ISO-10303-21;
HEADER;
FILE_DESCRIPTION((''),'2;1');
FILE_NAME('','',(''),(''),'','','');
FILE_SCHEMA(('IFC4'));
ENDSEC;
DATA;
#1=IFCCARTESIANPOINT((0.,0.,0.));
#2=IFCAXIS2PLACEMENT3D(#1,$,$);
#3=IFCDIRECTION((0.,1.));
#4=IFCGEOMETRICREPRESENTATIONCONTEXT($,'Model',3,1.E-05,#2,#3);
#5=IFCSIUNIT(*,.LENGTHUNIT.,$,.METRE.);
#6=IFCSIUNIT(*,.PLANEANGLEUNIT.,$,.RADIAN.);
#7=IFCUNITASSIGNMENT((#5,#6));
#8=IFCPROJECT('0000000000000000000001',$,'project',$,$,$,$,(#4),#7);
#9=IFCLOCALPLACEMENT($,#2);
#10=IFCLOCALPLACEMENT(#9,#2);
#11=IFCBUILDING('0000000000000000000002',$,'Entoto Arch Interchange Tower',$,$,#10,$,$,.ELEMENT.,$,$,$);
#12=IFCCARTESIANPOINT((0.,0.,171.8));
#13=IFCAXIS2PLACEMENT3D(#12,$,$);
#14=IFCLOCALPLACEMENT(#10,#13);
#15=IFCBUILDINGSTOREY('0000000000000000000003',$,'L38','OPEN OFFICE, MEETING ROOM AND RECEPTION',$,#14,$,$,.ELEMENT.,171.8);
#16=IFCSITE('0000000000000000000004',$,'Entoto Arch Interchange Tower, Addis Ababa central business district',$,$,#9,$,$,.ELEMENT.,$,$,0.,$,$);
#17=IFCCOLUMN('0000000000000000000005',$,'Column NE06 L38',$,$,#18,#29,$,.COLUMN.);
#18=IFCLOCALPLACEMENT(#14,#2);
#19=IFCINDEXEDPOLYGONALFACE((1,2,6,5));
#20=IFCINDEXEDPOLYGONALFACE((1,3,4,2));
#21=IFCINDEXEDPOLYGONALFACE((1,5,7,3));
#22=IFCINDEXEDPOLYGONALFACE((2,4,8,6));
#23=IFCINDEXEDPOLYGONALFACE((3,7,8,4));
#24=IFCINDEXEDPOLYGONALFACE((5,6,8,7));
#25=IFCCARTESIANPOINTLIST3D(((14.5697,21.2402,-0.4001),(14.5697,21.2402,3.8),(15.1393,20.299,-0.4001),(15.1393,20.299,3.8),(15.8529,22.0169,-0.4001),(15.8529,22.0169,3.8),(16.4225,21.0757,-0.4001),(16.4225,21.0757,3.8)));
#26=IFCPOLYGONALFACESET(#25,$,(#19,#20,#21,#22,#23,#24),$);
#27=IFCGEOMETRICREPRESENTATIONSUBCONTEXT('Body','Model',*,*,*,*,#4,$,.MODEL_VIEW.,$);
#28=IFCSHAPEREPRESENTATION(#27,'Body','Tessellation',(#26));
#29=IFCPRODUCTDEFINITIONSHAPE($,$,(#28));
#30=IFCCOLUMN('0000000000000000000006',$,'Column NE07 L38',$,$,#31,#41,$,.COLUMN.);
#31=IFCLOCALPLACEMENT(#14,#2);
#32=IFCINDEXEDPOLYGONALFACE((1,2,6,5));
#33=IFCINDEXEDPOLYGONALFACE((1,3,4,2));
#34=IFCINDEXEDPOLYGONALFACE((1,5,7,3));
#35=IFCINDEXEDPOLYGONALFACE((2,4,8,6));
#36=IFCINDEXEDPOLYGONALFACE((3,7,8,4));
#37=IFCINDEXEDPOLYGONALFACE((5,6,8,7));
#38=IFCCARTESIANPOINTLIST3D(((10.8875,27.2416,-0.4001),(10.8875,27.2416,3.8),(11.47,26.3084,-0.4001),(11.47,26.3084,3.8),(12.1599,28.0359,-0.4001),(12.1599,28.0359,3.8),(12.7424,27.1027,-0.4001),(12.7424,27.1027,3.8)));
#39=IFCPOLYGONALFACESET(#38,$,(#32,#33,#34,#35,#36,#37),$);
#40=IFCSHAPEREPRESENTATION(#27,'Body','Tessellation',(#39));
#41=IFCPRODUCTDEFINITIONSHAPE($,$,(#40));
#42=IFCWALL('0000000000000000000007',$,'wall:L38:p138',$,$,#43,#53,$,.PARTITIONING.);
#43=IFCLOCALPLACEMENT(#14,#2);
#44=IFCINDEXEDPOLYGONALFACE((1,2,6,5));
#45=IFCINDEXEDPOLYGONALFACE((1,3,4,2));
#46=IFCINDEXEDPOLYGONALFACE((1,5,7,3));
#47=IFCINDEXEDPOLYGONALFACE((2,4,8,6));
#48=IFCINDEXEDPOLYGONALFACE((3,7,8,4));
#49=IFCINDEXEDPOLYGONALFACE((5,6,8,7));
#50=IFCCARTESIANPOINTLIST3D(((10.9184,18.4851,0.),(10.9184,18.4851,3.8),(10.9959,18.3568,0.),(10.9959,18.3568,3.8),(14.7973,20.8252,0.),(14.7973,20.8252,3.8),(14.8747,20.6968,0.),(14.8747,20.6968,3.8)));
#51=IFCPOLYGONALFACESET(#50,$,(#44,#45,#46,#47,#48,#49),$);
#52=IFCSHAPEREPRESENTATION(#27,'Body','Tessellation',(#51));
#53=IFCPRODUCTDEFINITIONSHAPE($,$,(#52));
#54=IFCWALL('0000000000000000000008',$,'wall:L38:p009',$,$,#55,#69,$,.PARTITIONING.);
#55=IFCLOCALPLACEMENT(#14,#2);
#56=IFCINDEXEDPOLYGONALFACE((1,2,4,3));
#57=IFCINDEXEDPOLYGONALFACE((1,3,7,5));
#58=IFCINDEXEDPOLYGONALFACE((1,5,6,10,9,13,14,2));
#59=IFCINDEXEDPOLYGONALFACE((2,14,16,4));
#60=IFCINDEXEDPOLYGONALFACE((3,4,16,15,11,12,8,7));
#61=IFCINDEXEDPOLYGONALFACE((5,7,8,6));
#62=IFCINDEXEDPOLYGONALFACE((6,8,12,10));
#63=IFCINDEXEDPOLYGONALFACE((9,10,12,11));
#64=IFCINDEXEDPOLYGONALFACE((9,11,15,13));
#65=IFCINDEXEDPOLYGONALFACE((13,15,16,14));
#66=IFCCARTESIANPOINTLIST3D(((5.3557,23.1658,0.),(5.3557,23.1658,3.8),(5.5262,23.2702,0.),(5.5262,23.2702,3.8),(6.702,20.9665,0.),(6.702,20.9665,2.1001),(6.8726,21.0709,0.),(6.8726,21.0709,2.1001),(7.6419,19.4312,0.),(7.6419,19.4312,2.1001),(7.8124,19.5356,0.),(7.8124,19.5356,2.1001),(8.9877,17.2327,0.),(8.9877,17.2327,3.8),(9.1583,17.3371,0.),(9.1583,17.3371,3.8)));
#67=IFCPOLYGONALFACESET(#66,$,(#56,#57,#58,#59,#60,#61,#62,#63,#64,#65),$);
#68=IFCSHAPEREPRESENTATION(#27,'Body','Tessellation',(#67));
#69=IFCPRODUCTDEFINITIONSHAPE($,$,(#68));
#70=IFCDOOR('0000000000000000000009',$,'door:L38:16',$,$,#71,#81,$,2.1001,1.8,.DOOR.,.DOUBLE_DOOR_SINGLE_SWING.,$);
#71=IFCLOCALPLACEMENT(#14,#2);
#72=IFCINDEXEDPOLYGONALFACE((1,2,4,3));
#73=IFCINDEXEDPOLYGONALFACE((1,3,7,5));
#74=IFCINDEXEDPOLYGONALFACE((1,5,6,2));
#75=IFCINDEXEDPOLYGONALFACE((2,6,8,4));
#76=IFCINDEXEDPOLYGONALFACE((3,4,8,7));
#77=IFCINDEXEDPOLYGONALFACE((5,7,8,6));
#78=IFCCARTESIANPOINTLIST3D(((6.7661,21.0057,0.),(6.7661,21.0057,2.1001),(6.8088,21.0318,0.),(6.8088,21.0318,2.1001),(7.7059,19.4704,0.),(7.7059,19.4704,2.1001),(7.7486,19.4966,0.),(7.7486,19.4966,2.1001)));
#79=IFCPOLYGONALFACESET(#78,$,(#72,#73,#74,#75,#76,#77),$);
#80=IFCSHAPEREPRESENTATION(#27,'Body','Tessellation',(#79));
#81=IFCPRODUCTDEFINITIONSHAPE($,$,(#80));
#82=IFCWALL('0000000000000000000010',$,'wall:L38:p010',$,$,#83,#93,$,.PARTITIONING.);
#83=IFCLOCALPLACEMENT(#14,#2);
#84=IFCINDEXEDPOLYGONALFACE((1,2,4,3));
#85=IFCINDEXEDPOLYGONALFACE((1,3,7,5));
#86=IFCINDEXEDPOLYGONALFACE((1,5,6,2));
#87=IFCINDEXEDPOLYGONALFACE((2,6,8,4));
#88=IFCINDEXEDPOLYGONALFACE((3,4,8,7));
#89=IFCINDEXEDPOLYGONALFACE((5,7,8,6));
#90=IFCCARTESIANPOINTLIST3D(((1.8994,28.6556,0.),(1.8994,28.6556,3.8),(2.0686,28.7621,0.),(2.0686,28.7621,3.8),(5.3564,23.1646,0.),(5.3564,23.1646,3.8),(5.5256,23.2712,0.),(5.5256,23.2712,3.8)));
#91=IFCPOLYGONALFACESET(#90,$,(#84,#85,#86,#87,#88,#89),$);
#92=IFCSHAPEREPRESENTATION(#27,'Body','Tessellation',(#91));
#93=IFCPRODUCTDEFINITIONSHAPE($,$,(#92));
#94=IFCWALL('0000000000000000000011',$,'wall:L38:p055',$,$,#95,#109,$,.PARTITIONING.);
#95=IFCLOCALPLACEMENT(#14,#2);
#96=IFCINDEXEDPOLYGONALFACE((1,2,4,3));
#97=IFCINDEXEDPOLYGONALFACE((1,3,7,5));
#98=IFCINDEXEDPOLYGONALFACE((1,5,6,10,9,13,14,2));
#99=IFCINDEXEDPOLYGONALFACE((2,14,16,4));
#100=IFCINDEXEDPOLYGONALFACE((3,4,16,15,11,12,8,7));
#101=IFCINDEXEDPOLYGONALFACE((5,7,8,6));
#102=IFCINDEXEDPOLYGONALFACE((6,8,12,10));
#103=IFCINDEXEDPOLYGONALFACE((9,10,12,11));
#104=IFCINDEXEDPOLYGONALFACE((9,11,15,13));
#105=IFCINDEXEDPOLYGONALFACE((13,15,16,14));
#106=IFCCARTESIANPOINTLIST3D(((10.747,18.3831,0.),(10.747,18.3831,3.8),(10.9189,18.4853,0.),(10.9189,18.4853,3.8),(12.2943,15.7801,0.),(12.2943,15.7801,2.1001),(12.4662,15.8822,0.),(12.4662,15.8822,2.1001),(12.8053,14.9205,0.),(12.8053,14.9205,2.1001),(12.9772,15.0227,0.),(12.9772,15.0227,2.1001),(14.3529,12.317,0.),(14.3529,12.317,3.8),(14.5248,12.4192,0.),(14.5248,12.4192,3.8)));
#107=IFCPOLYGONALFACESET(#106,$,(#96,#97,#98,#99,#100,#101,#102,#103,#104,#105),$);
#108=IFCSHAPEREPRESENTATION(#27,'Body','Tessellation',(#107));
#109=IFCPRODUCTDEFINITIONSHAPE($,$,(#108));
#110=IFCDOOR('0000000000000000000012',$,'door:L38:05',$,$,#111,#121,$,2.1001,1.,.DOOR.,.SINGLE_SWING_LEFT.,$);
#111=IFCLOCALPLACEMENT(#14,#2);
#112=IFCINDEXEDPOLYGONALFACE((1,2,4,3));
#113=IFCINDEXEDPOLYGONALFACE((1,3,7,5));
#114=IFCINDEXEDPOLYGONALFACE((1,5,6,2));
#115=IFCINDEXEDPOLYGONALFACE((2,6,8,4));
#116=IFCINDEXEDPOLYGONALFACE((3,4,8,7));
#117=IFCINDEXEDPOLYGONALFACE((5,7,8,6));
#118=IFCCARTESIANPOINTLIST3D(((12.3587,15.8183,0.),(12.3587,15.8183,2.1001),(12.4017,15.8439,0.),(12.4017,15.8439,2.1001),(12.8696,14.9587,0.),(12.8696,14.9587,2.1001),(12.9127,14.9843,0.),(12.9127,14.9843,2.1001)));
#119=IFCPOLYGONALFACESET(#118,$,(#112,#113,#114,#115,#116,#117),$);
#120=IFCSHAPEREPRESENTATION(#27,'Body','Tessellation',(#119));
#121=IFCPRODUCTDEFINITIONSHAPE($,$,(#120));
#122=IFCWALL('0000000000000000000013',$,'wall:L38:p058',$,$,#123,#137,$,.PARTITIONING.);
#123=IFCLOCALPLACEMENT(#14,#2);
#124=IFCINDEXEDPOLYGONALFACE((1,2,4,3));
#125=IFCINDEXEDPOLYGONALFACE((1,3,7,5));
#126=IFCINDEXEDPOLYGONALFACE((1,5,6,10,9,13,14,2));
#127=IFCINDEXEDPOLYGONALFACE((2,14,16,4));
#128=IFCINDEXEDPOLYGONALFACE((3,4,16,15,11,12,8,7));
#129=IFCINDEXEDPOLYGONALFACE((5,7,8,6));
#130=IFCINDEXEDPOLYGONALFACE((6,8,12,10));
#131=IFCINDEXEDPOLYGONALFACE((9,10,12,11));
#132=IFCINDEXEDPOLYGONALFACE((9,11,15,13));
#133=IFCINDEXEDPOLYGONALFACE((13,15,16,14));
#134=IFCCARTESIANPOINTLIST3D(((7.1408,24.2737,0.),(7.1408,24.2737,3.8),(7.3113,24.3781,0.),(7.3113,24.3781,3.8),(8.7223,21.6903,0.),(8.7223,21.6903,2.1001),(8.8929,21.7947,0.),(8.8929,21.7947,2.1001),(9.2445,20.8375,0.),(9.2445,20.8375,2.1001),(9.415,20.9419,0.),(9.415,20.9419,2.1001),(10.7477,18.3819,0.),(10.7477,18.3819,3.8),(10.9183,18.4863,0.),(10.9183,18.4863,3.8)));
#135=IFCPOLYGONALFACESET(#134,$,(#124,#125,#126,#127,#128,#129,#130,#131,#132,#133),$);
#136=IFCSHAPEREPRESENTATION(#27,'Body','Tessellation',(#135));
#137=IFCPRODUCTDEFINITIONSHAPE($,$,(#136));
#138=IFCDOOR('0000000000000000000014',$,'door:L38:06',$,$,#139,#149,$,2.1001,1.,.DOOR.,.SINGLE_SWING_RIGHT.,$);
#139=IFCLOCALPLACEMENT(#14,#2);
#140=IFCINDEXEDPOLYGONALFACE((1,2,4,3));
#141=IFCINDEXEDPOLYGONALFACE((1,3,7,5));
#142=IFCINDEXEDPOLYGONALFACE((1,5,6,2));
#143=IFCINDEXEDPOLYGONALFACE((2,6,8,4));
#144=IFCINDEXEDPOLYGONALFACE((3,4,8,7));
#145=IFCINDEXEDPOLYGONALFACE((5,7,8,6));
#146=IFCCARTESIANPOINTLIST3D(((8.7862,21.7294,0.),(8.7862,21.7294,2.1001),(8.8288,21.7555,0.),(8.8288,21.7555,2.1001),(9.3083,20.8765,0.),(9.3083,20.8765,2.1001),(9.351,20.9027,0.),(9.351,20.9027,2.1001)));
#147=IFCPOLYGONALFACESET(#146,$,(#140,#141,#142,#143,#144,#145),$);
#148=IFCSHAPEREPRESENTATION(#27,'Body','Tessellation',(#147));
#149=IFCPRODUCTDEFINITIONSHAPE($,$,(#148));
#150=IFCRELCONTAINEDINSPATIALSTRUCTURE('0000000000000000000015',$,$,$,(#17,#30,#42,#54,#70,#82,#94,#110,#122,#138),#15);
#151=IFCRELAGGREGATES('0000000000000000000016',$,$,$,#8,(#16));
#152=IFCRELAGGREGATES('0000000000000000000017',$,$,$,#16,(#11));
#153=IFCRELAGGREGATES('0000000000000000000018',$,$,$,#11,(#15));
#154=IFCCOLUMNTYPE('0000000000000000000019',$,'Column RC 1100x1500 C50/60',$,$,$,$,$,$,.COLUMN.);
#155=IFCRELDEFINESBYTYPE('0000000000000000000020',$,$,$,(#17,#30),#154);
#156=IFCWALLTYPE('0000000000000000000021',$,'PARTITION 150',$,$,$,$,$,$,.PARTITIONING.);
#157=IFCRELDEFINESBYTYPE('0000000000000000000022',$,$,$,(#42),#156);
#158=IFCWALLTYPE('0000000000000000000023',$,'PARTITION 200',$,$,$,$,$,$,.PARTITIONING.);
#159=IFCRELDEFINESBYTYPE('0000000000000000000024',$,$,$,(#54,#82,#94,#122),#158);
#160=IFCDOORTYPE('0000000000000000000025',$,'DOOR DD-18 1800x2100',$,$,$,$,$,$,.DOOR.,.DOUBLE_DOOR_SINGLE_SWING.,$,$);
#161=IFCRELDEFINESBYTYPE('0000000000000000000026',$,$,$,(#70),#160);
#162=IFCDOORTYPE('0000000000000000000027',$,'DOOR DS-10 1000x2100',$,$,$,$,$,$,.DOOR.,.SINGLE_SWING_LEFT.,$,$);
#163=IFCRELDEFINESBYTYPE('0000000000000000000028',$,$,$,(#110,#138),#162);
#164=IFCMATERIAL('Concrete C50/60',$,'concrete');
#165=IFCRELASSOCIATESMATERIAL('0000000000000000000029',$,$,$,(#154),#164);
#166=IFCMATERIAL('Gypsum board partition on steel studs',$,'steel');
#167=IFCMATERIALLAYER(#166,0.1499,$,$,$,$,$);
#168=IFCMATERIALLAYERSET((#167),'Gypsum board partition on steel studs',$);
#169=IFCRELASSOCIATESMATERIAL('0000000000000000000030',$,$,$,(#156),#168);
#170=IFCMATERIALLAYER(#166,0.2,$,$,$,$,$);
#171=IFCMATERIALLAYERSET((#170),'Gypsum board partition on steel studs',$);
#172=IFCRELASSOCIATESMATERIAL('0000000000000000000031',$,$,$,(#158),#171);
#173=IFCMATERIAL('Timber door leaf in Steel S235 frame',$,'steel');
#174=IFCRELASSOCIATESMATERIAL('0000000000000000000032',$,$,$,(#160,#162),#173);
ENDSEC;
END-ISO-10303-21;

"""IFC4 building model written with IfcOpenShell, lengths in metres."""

from ifc_helpers import new_model, si_unit, direction, frame, frame_2d, origin, origin_2d, place, context, subcontext, project, spatial, rectangle, extrude, material, layer, layer_set, material_profile, profile_set, type_object, element, fill, save


model = new_model("IFC4")

# Units and contexts
model_context = context("Model", 3, precision=1e-05, world=origin(), true_north=direction((0.0, 1.0)))
body_context = subcontext(model_context, "Body", "Model", "MODEL_VIEW")
ifc_project = project(units=[si_unit("LENGTHUNIT", "METRE"), si_unit("PLANEANGLEUNIT", "RADIAN")], contexts=[model_context])

# Site, building, storey
site_placement = place(None, origin())
site = spatial("IfcSite", under=ifc_project, at=site_placement, Name="Entoto Arch Interchange Tower, Addis Ababa central business district", CompositionType="ELEMENT", RefElevation=0.0)
building_placement = place(site_placement, origin())
building = spatial("IfcBuilding", under=site, at=building_placement, Name="Entoto Arch Interchange Tower", CompositionType="ELEMENT")
storey_placement = place(building_placement, frame((0.0, 0.0, 171.8)))
storey = spatial("IfcBuildingStorey", under=building, at=storey_placement, Name="L38", Description="OPEN OFFICE, MEETING ROOM AND RECEPTION", CompositionType="ELEMENT", Elevation=171.8)

# Columns
ifc_material_1 = material(Name="Concrete C50/60", Category="concrete")
ifc_material_profile = material_profile(ifc_material_1, rectangle(XDim=1.1001, YDim=1.5, at=origin_2d()))
ifc_profile_set = profile_set([ifc_material_profile], Name="Concrete C50/60")
column_type = type_object("IfcColumnType", Name="Column RC 1100x1500 C50/60", PredefinedType="COLUMN", material=ifc_profile_set)
for number, where, z_axis, x_axis, name in (
    (1, (15.4961, 21.158, -0.4001), (0.0, 0.0, 1.0), (-0.517803, 0.8555, 0.0), "Column NE06 L38"),
    (2, (11.8149, 27.1721, -0.4001), (0.0, 0.0, 1.0), (-0.529549, 0.848279, 0.0), "Column NE07 L38"),
):
    element("IfcColumn", number, at=place(storey_placement, frame(where, z_axis=z_axis, x_axis=x_axis)), inside=storey, type_object=column_type, Name=name, PredefinedType="COLUMN", context=body_context, shape_type="SweptSolid", body=[
        extrude(rectangle(XDim=1.1001, YDim=1.5, at=origin_2d()), origin(), (0.0, 0.0, 1.0), 4.2002),
    ])

# Wall
ifc_material_2 = material(Name="Gypsum board partition on steel studs", Category="steel")
ifc_layer_1 = layer(ifc_material_2, 0.1499)
ifc_layer_set_1 = layer_set([ifc_layer_1], Name="Gypsum board partition on steel studs")
wall_type_1 = type_object("IfcWallType", Name="PARTITION 150", PredefinedType="PARTITIONING", material=ifc_layer_set_1)
wall_1_placement = place(storey_placement, frame((10.957, 18.4209, 0.0), z_axis=(0.0, 0.0, 1.0), x_axis=(0.856249, 0.516563, 0.0)))
element("IfcWall", 3, at=wall_1_placement, inside=storey, type_object=wall_type_1, Name="wall:L38:p138", PredefinedType="PARTITIONING", context=body_context, shape_type="SweptSolid", body=[
    extrude(rectangle(XDim=4.53, YDim=0.1499, at=frame_2d((2.2651, 0.0))), origin(), (0.0, 0.0, 1.0), 3.8),
])

# Wall, opening, door
ifc_layer_2 = layer(ifc_material_2, 0.2)
ifc_layer_set_2 = layer_set([ifc_layer_2], Name="Gypsum board partition on steel studs")
wall_type_2 = type_object("IfcWallType", Name="PARTITION 200", PredefinedType="PARTITIONING", material=ifc_layer_set_2)
wall_2_placement = place(storey_placement, frame((9.073, 17.2849, 0.0), z_axis=(0.0, 0.0, 1.0), x_axis=(-0.522109, 0.852879, 0.0)))
wall_2 = element("IfcWall", 4, at=wall_2_placement, inside=storey, type_object=wall_type_2, Name="wall:L38:p009", PredefinedType="PARTITIONING", context=body_context, shape_type="SweptSolid", body=[
    extrude(rectangle(XDim=6.9565, YDim=0.2, at=frame_2d((3.4783, 0.0))), origin(), (0.0, 0.0, 1.0), 3.8),
])
opening_1_placement = place(wall_2_placement, frame((2.5779, 0.0, 0.0)))
opening_1 = element("IfcOpeningElement", 5, at=opening_1_placement, cuts=wall_2, PredefinedType="OPENING", context=body_context, shape_type="SweptSolid", body=[
    extrude(rectangle(XDim=1.8, YDim=2.1001, at=frame_2d((0.8999, 1.05))), frame((0.0, 0.1099, 0.0), z_axis=(0.0, -1.0, 0.0), x_axis=(1.0, 0.0, 0.0)), (0.0, 0.0, 1.0), 0.22),
])
ifc_material_3 = material(Name="Timber door leaf in Steel S235 frame", Category="steel")
door_type_1 = type_object("IfcDoorType", Name="DOOR DD-18 1800x2100", OperationType="DOUBLE_DOOR_SINGLE_SWING", PredefinedType="DOOR", material=ifc_material_3)
door_1_placement = place(opening_1_placement, origin())
door_1 = element("IfcDoor", 6, at=door_1_placement, inside=storey, type_object=door_type_1, Name="door:L38:16", OperationType="DOUBLE_DOOR_SINGLE_SWING", OverallHeight=2.1001, OverallWidth=1.8, PredefinedType="DOOR", context=body_context, shape_type="SweptSolid", body=[
    extrude(rectangle(XDim=1.8, YDim=2.1001, at=frame_2d((0.8999, 1.05))), frame((0.0, 0.0249, 0.0), z_axis=(0.0, -1.0, 0.0), x_axis=(1.0, 0.0, 0.0)), (0.0, 0.0, 1.0), 0.05),
])
fill(opening_1, door_1)

# Wall
wall_3_placement = place(storey_placement, frame((5.4409, 23.218, 0.0), z_axis=(0.0, 0.0, 1.0), x_axis=(-0.532786, 0.84625, 0.0)))
element("IfcWall", 7, at=wall_3_placement, inside=storey, type_object=wall_type_2, Name="wall:L38:p010", PredefinedType="PARTITIONING", context=body_context, shape_type="SweptSolid", body=[
    extrude(rectangle(XDim=6.4885, YDim=0.2, at=frame_2d((3.2441, 0.0))), origin(), (0.0, 0.0, 1.0), 3.8),
])

# Walls, openings, doors
wall_4_placement = place(storey_placement, frame((10.833, 18.4341, 0.0), z_axis=(0.0, 0.0, 1.0), x_axis=(0.510976, -0.859595, 0.0)))
wall_4 = element("IfcWall", 8, at=wall_4_placement, inside=storey, type_object=wall_type_2, Name="wall:L38:p055", PredefinedType="PARTITIONING", context=body_context, shape_type="SweptSolid", body=[
    extrude(rectangle(XDim=7.0569, YDim=0.2, at=frame_2d((3.5283, 0.0))), origin(), (0.0, 0.0, 1.0), 3.8),
])
opening_2_placement = place(wall_4_placement, frame((3.0281, 0.0, 0.0)))
opening_2 = element("IfcOpeningElement", 9, at=opening_2_placement, cuts=wall_4, PredefinedType="OPENING", context=body_context, shape_type="SweptSolid", body=[
    extrude(rectangle(XDim=1.0, YDim=2.1001, at=frame_2d((0.5, 1.05))), frame((0.0, 0.1099, 0.0), z_axis=(0.0, -1.0, 0.0), x_axis=(1.0, 0.0, 0.0)), (0.0, 0.0, 1.0), 0.22),
])
door_type_2 = type_object("IfcDoorType", Name="DOOR DS-10 1000x2100", OperationType="SINGLE_SWING_LEFT", PredefinedType="DOOR", material=ifc_material_3)
door_2_placement = place(opening_2_placement, origin())
door_2 = element("IfcDoor", 10, at=door_2_placement, inside=storey, type_object=door_type_2, Name="door:L38:05", OperationType="SINGLE_SWING_LEFT", OverallHeight=2.1001, OverallWidth=1.0, PredefinedType="DOOR", context=body_context, shape_type="SweptSolid", body=[
    extrude(rectangle(XDim=1.0, YDim=2.1001, at=frame_2d((0.5, 1.05))), frame((0.0, 0.0249, 0.0), z_axis=(0.0, -1.0, 0.0), x_axis=(1.0, 0.0, 0.0)), (0.0, 0.0, 1.0), 0.05),
])
fill(opening_2, door_2)
wall_5_placement = place(storey_placement, frame((7.2261, 24.3259, 0.0), z_axis=(0.0, 0.0, 1.0), x_axis=(0.52212, -0.852872, 0.0)))
wall_5 = element("IfcWall", 11, at=wall_5_placement, inside=storey, type_object=wall_type_2, Name="wall:L38:p058", PredefinedType="PARTITIONING", context=body_context, shape_type="SweptSolid", body=[
    extrude(rectangle(XDim=6.9082, YDim=0.2, at=frame_2d((3.4541, 0.0))), origin(), (0.0, 0.0, 1.0), 3.8),
])
opening_3_placement = place(wall_5_placement, frame((3.0291, 0.0, 0.0)))
opening_3 = element("IfcOpeningElement", 12, at=opening_3_placement, cuts=wall_5, PredefinedType="OPENING", context=body_context, shape_type="SweptSolid", body=[
    extrude(rectangle(XDim=1.0, YDim=2.1001, at=frame_2d((0.5, 1.05))), frame((0.0, 0.1099, 0.0), z_axis=(0.0, -1.0, 0.0), x_axis=(1.0, 0.0, 0.0)), (0.0, 0.0, 1.0), 0.22),
])
door_3_placement = place(opening_3_placement, origin())
door_3 = element("IfcDoor", 13, at=door_3_placement, inside=storey, type_object=door_type_2, Name="door:L38:06", OperationType="SINGLE_SWING_RIGHT", OverallHeight=2.1001, OverallWidth=1.0, PredefinedType="DOOR", context=body_context, shape_type="SweptSolid", body=[
    extrude(rectangle(XDim=1.0, YDim=2.1001, at=frame_2d((0.5, 1.05))), frame((0.0, 0.0249, 0.0), z_axis=(0.0, -1.0, 0.0), x_axis=(1.0, 0.0, 0.0)), (0.0, 0.0, 1.0), 0.05),
])
fill(opening_3, door_3)

save(model, "model.ifc")
